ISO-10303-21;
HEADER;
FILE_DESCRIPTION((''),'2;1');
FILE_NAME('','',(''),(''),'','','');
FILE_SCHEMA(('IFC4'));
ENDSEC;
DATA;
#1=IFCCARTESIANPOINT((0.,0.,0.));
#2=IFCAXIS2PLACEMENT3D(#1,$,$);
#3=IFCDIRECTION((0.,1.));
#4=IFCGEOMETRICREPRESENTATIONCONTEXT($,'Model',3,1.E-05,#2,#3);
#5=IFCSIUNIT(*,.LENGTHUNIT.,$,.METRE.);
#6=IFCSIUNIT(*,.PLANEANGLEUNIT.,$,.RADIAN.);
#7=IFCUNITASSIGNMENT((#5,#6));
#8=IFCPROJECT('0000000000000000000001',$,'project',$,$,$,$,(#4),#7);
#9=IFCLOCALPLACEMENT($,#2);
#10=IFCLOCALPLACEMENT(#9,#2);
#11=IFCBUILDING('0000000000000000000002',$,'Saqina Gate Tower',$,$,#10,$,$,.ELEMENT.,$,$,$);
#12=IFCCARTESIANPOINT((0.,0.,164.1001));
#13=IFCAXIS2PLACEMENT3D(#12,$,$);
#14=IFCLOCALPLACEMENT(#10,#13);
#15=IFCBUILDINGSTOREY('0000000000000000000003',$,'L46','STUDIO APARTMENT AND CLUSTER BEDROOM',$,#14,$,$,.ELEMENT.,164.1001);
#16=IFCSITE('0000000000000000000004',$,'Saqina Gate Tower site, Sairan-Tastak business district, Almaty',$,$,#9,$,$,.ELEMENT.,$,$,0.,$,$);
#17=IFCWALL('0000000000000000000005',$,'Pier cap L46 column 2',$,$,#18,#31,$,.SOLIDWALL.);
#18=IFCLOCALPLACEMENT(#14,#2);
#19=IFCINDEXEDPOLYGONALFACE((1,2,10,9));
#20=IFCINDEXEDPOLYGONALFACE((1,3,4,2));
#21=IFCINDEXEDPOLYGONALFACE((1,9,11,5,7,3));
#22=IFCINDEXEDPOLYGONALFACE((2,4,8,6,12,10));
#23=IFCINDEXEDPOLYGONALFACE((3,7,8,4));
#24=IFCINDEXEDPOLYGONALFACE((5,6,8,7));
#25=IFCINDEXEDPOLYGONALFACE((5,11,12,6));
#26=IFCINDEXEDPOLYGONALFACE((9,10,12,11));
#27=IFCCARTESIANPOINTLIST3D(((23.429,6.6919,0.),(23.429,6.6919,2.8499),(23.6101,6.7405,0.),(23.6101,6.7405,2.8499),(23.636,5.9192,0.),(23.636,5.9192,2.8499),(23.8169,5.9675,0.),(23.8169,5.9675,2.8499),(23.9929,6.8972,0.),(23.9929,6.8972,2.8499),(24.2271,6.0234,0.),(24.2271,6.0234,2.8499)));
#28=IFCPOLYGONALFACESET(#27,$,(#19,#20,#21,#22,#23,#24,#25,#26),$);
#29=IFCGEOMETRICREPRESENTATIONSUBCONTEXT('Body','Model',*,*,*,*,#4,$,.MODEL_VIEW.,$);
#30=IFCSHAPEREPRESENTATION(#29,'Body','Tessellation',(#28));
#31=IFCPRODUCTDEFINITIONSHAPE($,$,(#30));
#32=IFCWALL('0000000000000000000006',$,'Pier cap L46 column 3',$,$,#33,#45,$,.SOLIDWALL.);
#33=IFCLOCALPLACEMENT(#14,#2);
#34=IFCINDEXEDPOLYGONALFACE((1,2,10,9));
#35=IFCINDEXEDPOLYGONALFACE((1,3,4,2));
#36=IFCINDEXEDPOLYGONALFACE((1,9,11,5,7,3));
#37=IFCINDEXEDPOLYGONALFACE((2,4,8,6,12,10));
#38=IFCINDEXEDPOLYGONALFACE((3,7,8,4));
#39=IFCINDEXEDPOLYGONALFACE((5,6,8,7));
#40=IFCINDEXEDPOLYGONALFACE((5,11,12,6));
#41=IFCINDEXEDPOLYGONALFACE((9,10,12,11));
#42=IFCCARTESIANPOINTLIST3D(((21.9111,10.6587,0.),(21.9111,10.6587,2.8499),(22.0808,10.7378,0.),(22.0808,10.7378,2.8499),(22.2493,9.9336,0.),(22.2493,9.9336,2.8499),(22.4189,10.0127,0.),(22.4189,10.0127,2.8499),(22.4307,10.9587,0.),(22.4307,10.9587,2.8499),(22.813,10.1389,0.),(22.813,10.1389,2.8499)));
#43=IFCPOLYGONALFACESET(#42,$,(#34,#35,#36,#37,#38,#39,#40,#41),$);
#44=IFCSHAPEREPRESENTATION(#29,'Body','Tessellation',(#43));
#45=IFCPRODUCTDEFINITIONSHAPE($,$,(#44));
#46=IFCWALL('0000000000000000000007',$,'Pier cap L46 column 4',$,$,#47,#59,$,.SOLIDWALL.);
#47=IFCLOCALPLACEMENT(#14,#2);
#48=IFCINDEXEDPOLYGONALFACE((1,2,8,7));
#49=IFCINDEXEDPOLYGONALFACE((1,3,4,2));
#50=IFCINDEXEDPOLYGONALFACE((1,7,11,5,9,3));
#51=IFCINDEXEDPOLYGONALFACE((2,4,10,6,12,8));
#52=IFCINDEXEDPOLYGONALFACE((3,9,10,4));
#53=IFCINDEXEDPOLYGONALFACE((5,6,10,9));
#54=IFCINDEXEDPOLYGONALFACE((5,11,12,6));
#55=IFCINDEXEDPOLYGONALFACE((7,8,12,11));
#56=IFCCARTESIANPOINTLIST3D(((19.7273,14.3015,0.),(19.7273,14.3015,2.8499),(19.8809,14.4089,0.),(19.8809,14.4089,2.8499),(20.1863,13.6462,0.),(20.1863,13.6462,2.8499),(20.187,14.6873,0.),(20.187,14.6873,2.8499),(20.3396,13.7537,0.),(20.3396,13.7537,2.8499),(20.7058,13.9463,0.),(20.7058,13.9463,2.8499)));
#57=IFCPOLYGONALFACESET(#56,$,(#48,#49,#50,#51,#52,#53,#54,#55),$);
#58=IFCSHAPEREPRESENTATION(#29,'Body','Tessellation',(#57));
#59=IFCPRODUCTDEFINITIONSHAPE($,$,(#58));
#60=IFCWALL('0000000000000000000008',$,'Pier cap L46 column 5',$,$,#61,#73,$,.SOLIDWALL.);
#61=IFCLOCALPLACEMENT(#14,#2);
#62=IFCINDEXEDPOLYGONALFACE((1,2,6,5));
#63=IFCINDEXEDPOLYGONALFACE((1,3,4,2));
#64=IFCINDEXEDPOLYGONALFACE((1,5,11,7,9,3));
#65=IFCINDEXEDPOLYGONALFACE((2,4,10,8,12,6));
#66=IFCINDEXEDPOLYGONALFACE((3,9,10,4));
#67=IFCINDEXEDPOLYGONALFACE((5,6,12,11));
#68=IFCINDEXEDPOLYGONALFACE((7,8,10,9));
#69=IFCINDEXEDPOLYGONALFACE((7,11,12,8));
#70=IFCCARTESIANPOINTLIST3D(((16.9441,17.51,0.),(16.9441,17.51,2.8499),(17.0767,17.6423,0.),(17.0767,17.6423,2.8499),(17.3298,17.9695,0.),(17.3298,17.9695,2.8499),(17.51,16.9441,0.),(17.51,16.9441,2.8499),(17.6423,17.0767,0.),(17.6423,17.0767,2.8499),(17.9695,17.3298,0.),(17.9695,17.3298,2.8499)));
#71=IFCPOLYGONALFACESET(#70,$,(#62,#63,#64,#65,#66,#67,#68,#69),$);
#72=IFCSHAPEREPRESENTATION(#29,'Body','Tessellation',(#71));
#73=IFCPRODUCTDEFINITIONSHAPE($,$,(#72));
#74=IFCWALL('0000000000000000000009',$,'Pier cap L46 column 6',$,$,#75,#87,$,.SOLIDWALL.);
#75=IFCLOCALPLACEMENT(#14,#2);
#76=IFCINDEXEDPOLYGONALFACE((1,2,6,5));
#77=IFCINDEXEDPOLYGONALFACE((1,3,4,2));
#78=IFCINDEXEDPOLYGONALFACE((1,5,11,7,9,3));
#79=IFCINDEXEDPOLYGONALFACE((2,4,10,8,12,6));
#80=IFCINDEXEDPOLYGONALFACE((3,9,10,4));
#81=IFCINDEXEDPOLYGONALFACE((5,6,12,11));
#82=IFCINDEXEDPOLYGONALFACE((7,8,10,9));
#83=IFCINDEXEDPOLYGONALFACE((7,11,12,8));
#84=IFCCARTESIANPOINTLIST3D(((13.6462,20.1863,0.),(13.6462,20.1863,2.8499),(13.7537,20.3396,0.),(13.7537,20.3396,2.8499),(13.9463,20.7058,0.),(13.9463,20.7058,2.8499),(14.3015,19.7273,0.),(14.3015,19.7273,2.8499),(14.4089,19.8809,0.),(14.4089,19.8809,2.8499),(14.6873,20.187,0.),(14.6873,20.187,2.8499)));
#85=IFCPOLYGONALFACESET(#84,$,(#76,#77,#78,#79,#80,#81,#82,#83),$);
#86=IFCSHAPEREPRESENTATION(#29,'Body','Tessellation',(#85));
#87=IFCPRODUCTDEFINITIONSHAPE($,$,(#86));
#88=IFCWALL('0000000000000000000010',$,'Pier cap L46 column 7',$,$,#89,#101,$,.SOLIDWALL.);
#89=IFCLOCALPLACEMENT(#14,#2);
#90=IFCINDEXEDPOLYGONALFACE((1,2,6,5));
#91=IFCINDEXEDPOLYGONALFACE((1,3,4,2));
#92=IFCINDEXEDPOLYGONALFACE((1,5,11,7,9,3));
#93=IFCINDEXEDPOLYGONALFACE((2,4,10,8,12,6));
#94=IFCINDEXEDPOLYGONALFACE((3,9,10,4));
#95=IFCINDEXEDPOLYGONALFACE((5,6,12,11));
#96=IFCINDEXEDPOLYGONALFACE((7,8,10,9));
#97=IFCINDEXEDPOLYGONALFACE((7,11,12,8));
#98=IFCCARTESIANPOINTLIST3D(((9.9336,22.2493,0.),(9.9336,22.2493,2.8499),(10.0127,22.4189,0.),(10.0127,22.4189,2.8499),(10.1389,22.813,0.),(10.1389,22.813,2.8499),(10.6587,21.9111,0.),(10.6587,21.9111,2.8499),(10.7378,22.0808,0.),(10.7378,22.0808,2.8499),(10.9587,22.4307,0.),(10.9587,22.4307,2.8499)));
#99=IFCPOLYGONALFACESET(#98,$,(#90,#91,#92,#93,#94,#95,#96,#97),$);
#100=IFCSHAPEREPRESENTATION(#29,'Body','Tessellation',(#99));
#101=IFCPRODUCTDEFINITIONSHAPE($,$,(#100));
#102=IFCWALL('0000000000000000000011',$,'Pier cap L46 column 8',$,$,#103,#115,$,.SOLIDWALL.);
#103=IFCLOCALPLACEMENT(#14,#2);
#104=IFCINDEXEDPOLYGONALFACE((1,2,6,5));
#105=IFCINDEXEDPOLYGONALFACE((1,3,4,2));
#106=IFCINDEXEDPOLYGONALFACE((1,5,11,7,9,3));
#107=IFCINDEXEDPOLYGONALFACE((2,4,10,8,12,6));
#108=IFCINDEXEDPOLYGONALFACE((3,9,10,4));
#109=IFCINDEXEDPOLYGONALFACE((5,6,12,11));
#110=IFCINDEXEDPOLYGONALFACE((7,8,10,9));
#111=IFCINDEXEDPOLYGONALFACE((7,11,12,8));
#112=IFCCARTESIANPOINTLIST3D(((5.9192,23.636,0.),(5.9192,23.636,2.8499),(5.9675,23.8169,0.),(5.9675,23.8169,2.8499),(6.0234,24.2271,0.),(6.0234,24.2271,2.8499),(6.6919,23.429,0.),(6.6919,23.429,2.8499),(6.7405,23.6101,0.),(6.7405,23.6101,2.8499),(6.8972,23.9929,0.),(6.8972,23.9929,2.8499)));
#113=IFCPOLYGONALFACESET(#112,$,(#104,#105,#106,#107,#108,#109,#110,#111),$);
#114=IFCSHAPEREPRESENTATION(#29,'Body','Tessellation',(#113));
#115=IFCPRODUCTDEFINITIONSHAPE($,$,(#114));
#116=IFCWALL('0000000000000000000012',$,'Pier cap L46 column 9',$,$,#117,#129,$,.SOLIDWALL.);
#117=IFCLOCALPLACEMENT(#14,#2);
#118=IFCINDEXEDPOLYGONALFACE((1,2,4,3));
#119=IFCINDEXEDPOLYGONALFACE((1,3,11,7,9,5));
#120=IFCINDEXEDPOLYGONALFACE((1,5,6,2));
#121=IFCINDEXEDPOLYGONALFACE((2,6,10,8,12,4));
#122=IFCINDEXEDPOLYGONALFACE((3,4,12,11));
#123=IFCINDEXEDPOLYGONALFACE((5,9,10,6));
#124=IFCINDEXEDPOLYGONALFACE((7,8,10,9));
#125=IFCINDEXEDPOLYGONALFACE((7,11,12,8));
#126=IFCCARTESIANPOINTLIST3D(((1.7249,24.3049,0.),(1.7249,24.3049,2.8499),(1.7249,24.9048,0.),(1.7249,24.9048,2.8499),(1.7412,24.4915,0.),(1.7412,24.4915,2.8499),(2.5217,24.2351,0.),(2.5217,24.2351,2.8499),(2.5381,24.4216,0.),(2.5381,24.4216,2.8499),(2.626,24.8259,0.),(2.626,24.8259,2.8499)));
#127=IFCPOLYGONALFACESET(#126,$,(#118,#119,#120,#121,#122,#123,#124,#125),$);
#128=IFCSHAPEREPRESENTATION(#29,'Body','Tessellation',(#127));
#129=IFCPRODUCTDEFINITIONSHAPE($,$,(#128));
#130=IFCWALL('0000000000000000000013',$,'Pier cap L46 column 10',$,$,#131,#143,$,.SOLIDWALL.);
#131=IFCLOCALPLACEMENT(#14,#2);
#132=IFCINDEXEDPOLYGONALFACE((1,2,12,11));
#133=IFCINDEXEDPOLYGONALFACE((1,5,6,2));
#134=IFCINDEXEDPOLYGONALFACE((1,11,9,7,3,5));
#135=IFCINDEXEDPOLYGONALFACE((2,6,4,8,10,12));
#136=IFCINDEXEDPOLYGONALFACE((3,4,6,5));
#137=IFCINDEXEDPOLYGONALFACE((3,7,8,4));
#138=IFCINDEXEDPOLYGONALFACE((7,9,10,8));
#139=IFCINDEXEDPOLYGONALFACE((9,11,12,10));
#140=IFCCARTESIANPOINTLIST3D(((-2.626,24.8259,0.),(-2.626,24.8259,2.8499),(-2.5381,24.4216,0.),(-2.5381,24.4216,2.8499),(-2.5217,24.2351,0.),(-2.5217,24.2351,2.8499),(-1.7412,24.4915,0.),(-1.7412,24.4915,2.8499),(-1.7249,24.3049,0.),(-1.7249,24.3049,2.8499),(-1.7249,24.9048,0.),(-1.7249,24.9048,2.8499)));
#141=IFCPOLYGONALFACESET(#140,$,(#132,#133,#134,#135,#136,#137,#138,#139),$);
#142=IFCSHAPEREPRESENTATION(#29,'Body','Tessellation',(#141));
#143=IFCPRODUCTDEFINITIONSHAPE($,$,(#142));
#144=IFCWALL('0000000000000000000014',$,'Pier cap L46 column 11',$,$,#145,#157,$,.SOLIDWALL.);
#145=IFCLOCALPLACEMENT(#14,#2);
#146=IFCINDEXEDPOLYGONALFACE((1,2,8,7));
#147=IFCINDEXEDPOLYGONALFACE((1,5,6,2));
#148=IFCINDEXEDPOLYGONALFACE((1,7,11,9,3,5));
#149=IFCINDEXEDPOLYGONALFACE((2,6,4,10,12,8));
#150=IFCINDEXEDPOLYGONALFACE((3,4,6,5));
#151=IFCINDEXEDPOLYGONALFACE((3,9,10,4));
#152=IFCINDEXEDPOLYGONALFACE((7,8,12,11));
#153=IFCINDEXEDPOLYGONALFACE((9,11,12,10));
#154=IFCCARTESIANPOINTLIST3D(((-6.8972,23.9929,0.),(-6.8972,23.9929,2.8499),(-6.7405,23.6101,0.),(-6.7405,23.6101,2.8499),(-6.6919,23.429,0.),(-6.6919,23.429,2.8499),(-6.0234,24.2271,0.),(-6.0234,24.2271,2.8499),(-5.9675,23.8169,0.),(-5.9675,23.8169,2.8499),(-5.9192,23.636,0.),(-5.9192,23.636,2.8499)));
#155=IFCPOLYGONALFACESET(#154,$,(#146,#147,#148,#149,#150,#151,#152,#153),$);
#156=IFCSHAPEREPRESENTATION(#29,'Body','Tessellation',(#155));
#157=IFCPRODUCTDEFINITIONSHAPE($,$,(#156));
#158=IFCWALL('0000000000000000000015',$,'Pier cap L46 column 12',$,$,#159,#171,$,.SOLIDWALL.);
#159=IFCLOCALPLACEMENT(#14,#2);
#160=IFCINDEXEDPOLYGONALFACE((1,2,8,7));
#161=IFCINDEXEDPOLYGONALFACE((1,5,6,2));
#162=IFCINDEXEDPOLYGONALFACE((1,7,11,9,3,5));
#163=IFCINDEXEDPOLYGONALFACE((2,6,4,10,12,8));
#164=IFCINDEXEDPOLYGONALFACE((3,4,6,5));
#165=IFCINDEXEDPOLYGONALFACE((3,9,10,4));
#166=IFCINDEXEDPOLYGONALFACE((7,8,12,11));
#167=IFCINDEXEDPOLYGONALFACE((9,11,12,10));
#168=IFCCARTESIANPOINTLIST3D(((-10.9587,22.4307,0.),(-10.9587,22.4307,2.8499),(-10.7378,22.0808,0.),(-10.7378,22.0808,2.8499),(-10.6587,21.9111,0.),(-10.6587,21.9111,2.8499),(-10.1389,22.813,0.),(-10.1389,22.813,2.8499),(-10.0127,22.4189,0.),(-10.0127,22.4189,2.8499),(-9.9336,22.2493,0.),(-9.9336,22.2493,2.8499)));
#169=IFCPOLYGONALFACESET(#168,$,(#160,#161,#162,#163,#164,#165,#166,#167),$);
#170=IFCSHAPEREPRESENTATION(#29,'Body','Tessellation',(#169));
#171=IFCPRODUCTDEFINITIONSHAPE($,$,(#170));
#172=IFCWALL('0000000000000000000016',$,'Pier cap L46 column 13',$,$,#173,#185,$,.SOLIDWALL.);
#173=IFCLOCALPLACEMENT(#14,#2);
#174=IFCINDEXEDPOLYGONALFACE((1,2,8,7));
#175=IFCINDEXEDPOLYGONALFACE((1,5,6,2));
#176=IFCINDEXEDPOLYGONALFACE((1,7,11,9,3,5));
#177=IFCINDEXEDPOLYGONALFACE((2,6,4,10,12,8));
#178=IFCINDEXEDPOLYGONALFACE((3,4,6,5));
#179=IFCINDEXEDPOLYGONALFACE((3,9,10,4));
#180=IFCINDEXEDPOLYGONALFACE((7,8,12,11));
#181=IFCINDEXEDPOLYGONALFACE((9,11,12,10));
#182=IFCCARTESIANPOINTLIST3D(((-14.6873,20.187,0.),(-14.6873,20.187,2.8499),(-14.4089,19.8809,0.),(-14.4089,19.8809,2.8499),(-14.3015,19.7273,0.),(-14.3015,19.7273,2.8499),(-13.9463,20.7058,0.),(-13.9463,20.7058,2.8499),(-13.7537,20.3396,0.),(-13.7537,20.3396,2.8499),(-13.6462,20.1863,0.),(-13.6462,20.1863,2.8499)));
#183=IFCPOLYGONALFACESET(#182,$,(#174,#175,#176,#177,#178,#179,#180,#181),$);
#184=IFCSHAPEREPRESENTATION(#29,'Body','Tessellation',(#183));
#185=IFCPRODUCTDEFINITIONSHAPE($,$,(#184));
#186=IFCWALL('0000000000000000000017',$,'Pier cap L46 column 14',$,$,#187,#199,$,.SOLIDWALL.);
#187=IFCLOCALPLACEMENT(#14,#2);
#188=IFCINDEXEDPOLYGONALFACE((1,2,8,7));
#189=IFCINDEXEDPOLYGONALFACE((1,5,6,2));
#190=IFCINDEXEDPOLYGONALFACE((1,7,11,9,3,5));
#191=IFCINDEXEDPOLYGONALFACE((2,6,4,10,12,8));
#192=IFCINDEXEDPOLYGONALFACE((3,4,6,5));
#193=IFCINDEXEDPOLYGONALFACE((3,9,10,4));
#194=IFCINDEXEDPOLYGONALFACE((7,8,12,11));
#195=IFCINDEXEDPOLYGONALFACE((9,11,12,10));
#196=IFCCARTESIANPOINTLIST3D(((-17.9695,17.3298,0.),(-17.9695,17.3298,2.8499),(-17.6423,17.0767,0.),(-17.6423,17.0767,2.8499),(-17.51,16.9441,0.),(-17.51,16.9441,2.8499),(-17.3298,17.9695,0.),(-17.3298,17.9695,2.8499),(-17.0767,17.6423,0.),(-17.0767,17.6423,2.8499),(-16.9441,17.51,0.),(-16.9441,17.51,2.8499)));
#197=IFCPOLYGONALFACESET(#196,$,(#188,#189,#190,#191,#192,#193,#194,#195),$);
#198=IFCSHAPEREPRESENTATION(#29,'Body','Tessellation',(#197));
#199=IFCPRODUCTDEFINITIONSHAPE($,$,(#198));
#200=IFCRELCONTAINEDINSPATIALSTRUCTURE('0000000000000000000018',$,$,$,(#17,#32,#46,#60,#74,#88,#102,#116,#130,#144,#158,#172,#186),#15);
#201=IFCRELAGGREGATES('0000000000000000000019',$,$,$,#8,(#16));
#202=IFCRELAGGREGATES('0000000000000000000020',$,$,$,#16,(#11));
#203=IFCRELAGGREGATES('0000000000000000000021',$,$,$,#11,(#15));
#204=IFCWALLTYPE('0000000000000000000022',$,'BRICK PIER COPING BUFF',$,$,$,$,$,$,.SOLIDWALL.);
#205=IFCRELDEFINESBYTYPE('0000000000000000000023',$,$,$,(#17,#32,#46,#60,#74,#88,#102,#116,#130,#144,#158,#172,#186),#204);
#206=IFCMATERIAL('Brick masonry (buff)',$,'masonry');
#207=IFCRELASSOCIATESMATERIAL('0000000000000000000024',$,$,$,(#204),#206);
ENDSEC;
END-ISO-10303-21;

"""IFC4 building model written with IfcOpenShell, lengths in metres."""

from ifc_helpers import new_model, si_unit, direction, frame, origin, place, context, subcontext, project, spatial, polyline, outline, extrude, material, type_object, element, save


model = new_model("IFC4")

# Units and contexts
model_context = context("Model", 3, precision=1e-05, world=origin(), true_north=direction((0.0, 1.0)))
body_context = subcontext(model_context, "Body", "Model", "MODEL_VIEW")
ifc_project = project(units=[si_unit("LENGTHUNIT", "METRE"), si_unit("PLANEANGLEUNIT", "RADIAN")], contexts=[model_context])

# Site, building, storey
site_placement = place(None, origin())
site = spatial("IfcSite", under=ifc_project, at=site_placement, Name="Saqina Gate Tower site, Sairan-Tastak business district, Almaty", CompositionType="ELEMENT", RefElevation=0.0)
building_placement = place(site_placement, origin())
building = spatial("IfcBuilding", under=site, at=building_placement, Name="Saqina Gate Tower", CompositionType="ELEMENT")
storey_placement = place(building_placement, frame((0.0, 0.0, 164.1001)))
storey = spatial("IfcBuildingStorey", under=building, at=storey_placement, Name="L46", Description="STUDIO APARTMENT AND CLUSTER BEDROOM", CompositionType="ELEMENT", Elevation=164.1001)

# Walls
ifc_material_1 = material(Name="Brick masonry (buff)", Category="masonry")
wall_type_1 = type_object("IfcWallType", Name="BRICK PIER COPING BUFF", PredefinedType="SOLIDWALL", material=ifc_material_1)
wall_1_placement = place(storey_placement, origin())
element("IfcWall", 1, at=wall_1_placement, inside=storey, type_object=wall_type_1, Name="Pier cap L46 column 2", PredefinedType="SOLIDWALL", context=body_context, shape_type="SweptSolid", body=[
    extrude(outline(polyline([(24.2271, 6.0234), (23.9929, 6.8972), (23.429, 6.6919), (23.6101, 6.7405), (23.8169, 5.9675), (23.636, 5.9192), (24.2271, 6.0234)])), origin(), (0.0, 0.0, 1.0), 2.8499),
])
wall_2_placement = place(storey_placement, origin())
element("IfcWall", 2, at=wall_2_placement, inside=storey, type_object=wall_type_1, Name="Pier cap L46 column 3", PredefinedType="SOLIDWALL", context=body_context, shape_type="SweptSolid", body=[
    extrude(outline(polyline([(22.4307, 10.9587), (21.9111, 10.6587), (22.0808, 10.7378), (22.4189, 10.0127), (22.2493, 9.9336), (22.813, 10.1389), (22.4307, 10.9587)])), origin(), (0.0, 0.0, 1.0), 2.8499),
])
wall_3_placement = place(storey_placement, origin())
element("IfcWall", 3, at=wall_3_placement, inside=storey, type_object=wall_type_1, Name="Pier cap L46 column 4", PredefinedType="SOLIDWALL", context=body_context, shape_type="SweptSolid", body=[
    extrude(outline(polyline([(20.7058, 13.9463), (20.187, 14.6873), (19.7273, 14.3015), (19.8809, 14.4089), (20.3396, 13.7537), (20.1863, 13.6462), (20.7058, 13.9463)])), origin(), (0.0, 0.0, 1.0), 2.8499),
])
wall_4_placement = place(storey_placement, origin())
element("IfcWall", 4, at=wall_4_placement, inside=storey, type_object=wall_type_1, Name="Pier cap L46 column 5", PredefinedType="SOLIDWALL", context=body_context, shape_type="SweptSolid", body=[
    extrude(outline(polyline([(17.3298, 17.9695), (16.9441, 17.51), (17.0767, 17.6423), (17.6423, 17.0767), (17.51, 16.9441), (17.9695, 17.3298), (17.3298, 17.9695)])), origin(), (0.0, 0.0, 1.0), 2.8499),
])
wall_5_placement = place(storey_placement, origin())
element("IfcWall", 5, at=wall_5_placement, inside=storey, type_object=wall_type_1, Name="Pier cap L46 column 6", PredefinedType="SOLIDWALL", context=body_context, shape_type="SweptSolid", body=[
    extrude(outline(polyline([(14.6873, 20.187), (13.9463, 20.7058), (13.6462, 20.1863), (13.7537, 20.3396), (14.4089, 19.8809), (14.3015, 19.7273), (14.6873, 20.187)])), origin(), (0.0, 0.0, 1.0), 2.8499),
])
wall_6_placement = place(storey_placement, origin())
element("IfcWall", 6, at=wall_6_placement, inside=storey, type_object=wall_type_1, Name="Pier cap L46 column 7", PredefinedType="SOLIDWALL", context=body_context, shape_type="SweptSolid", body=[
    extrude(outline(polyline([(10.1389, 22.813), (9.9336, 22.2493), (10.0127, 22.4189), (10.7378, 22.0808), (10.6587, 21.9111), (10.9587, 22.4307), (10.1389, 22.813)])), origin(), (0.0, 0.0, 1.0), 2.8499),
])
wall_7_placement = place(storey_placement, origin())
element("IfcWall", 7, at=wall_7_placement, inside=storey, type_object=wall_type_1, Name="Pier cap L46 column 8", PredefinedType="SOLIDWALL", context=body_context, shape_type="SweptSolid", body=[
    extrude(outline(polyline([(6.0234, 24.2271), (5.9192, 23.636), (5.9675, 23.8169), (6.7405, 23.6101), (6.6919, 23.429), (6.8972, 23.9929), (6.0234, 24.2271)])), origin(), (0.0, 0.0, 1.0), 2.8499),
])
wall_8_placement = place(storey_placement, origin())
element("IfcWall", 8, at=wall_8_placement, inside=storey, type_object=wall_type_1, Name="Pier cap L46 column 9", PredefinedType="SOLIDWALL", context=body_context, shape_type="SweptSolid", body=[
    extrude(outline(polyline([(2.626, 24.8259), (1.7249, 24.9048), (1.7249, 24.3049), (1.7412, 24.4915), (2.5381, 24.4216), (2.5217, 24.2351), (2.626, 24.8259)])), origin(), (0.0, 0.0, 1.0), 2.8499),
])
wall_9_placement = place(storey_placement, origin())
element("IfcWall", 9, at=wall_9_placement, inside=storey, type_object=wall_type_1, Name="Pier cap L46 column 10", PredefinedType="SOLIDWALL", context=body_context, shape_type="SweptSolid", body=[
    extrude(outline(polyline([(-1.7249, 24.9048), (-2.626, 24.8259), (-2.5217, 24.2351), (-2.5381, 24.4216), (-1.7412, 24.4915), (-1.7249, 24.3049), (-1.7249, 24.9048)])), origin(), (0.0, 0.0, 1.0), 2.8499),
])
wall_10_placement = place(storey_placement, origin())
element("IfcWall", 10, at=wall_10_placement, inside=storey, type_object=wall_type_1, Name="Pier cap L46 column 11", PredefinedType="SOLIDWALL", context=body_context, shape_type="SweptSolid", body=[
    extrude(outline(polyline([(-6.0234, 24.2271), (-6.8972, 23.9929), (-6.6919, 23.429), (-6.7405, 23.6101), (-5.9675, 23.8169), (-5.9192, 23.636), (-6.0234, 24.2271)])), origin(), (0.0, 0.0, 1.0), 2.8499),
])
wall_11_placement = place(storey_placement, origin())
element("IfcWall", 11, at=wall_11_placement, inside=storey, type_object=wall_type_1, Name="Pier cap L46 column 12", PredefinedType="SOLIDWALL", context=body_context, shape_type="SweptSolid", body=[
    extrude(outline(polyline([(-10.9587, 22.4307), (-10.6587, 21.9111), (-10.7378, 22.0808), (-10.0127, 22.4189), (-9.9336, 22.2493), (-10.1389, 22.813), (-10.9587, 22.4307)])), origin(), (0.0, 0.0, 1.0), 2.8499),
])
wall_12_placement = place(storey_placement, origin())
element("IfcWall", 12, at=wall_12_placement, inside=storey, type_object=wall_type_1, Name="Pier cap L46 column 13", PredefinedType="SOLIDWALL", context=body_context, shape_type="SweptSolid", body=[
    extrude(outline(polyline([(-13.9463, 20.7058), (-14.6873, 20.187), (-14.3015, 19.7273), (-14.4089, 19.8809), (-13.7537, 20.3396), (-13.6462, 20.1863), (-13.9463, 20.7058)])), origin(), (0.0, 0.0, 1.0), 2.8499),
])
wall_13_placement = place(storey_placement, origin())
element("IfcWall", 13, at=wall_13_placement, inside=storey, type_object=wall_type_1, Name="Pier cap L46 column 14", PredefinedType="SOLIDWALL", context=body_context, shape_type="SweptSolid", body=[
    extrude(outline(polyline([(-17.9695, 17.3298), (-17.51, 16.9441), (-17.6423, 17.0767), (-17.0767, 17.6423), (-16.9441, 17.51), (-17.3298, 17.9695), (-17.9695, 17.3298)])), origin(), (0.0, 0.0, 1.0), 2.8499),
])

save(model, "model.ifc")
